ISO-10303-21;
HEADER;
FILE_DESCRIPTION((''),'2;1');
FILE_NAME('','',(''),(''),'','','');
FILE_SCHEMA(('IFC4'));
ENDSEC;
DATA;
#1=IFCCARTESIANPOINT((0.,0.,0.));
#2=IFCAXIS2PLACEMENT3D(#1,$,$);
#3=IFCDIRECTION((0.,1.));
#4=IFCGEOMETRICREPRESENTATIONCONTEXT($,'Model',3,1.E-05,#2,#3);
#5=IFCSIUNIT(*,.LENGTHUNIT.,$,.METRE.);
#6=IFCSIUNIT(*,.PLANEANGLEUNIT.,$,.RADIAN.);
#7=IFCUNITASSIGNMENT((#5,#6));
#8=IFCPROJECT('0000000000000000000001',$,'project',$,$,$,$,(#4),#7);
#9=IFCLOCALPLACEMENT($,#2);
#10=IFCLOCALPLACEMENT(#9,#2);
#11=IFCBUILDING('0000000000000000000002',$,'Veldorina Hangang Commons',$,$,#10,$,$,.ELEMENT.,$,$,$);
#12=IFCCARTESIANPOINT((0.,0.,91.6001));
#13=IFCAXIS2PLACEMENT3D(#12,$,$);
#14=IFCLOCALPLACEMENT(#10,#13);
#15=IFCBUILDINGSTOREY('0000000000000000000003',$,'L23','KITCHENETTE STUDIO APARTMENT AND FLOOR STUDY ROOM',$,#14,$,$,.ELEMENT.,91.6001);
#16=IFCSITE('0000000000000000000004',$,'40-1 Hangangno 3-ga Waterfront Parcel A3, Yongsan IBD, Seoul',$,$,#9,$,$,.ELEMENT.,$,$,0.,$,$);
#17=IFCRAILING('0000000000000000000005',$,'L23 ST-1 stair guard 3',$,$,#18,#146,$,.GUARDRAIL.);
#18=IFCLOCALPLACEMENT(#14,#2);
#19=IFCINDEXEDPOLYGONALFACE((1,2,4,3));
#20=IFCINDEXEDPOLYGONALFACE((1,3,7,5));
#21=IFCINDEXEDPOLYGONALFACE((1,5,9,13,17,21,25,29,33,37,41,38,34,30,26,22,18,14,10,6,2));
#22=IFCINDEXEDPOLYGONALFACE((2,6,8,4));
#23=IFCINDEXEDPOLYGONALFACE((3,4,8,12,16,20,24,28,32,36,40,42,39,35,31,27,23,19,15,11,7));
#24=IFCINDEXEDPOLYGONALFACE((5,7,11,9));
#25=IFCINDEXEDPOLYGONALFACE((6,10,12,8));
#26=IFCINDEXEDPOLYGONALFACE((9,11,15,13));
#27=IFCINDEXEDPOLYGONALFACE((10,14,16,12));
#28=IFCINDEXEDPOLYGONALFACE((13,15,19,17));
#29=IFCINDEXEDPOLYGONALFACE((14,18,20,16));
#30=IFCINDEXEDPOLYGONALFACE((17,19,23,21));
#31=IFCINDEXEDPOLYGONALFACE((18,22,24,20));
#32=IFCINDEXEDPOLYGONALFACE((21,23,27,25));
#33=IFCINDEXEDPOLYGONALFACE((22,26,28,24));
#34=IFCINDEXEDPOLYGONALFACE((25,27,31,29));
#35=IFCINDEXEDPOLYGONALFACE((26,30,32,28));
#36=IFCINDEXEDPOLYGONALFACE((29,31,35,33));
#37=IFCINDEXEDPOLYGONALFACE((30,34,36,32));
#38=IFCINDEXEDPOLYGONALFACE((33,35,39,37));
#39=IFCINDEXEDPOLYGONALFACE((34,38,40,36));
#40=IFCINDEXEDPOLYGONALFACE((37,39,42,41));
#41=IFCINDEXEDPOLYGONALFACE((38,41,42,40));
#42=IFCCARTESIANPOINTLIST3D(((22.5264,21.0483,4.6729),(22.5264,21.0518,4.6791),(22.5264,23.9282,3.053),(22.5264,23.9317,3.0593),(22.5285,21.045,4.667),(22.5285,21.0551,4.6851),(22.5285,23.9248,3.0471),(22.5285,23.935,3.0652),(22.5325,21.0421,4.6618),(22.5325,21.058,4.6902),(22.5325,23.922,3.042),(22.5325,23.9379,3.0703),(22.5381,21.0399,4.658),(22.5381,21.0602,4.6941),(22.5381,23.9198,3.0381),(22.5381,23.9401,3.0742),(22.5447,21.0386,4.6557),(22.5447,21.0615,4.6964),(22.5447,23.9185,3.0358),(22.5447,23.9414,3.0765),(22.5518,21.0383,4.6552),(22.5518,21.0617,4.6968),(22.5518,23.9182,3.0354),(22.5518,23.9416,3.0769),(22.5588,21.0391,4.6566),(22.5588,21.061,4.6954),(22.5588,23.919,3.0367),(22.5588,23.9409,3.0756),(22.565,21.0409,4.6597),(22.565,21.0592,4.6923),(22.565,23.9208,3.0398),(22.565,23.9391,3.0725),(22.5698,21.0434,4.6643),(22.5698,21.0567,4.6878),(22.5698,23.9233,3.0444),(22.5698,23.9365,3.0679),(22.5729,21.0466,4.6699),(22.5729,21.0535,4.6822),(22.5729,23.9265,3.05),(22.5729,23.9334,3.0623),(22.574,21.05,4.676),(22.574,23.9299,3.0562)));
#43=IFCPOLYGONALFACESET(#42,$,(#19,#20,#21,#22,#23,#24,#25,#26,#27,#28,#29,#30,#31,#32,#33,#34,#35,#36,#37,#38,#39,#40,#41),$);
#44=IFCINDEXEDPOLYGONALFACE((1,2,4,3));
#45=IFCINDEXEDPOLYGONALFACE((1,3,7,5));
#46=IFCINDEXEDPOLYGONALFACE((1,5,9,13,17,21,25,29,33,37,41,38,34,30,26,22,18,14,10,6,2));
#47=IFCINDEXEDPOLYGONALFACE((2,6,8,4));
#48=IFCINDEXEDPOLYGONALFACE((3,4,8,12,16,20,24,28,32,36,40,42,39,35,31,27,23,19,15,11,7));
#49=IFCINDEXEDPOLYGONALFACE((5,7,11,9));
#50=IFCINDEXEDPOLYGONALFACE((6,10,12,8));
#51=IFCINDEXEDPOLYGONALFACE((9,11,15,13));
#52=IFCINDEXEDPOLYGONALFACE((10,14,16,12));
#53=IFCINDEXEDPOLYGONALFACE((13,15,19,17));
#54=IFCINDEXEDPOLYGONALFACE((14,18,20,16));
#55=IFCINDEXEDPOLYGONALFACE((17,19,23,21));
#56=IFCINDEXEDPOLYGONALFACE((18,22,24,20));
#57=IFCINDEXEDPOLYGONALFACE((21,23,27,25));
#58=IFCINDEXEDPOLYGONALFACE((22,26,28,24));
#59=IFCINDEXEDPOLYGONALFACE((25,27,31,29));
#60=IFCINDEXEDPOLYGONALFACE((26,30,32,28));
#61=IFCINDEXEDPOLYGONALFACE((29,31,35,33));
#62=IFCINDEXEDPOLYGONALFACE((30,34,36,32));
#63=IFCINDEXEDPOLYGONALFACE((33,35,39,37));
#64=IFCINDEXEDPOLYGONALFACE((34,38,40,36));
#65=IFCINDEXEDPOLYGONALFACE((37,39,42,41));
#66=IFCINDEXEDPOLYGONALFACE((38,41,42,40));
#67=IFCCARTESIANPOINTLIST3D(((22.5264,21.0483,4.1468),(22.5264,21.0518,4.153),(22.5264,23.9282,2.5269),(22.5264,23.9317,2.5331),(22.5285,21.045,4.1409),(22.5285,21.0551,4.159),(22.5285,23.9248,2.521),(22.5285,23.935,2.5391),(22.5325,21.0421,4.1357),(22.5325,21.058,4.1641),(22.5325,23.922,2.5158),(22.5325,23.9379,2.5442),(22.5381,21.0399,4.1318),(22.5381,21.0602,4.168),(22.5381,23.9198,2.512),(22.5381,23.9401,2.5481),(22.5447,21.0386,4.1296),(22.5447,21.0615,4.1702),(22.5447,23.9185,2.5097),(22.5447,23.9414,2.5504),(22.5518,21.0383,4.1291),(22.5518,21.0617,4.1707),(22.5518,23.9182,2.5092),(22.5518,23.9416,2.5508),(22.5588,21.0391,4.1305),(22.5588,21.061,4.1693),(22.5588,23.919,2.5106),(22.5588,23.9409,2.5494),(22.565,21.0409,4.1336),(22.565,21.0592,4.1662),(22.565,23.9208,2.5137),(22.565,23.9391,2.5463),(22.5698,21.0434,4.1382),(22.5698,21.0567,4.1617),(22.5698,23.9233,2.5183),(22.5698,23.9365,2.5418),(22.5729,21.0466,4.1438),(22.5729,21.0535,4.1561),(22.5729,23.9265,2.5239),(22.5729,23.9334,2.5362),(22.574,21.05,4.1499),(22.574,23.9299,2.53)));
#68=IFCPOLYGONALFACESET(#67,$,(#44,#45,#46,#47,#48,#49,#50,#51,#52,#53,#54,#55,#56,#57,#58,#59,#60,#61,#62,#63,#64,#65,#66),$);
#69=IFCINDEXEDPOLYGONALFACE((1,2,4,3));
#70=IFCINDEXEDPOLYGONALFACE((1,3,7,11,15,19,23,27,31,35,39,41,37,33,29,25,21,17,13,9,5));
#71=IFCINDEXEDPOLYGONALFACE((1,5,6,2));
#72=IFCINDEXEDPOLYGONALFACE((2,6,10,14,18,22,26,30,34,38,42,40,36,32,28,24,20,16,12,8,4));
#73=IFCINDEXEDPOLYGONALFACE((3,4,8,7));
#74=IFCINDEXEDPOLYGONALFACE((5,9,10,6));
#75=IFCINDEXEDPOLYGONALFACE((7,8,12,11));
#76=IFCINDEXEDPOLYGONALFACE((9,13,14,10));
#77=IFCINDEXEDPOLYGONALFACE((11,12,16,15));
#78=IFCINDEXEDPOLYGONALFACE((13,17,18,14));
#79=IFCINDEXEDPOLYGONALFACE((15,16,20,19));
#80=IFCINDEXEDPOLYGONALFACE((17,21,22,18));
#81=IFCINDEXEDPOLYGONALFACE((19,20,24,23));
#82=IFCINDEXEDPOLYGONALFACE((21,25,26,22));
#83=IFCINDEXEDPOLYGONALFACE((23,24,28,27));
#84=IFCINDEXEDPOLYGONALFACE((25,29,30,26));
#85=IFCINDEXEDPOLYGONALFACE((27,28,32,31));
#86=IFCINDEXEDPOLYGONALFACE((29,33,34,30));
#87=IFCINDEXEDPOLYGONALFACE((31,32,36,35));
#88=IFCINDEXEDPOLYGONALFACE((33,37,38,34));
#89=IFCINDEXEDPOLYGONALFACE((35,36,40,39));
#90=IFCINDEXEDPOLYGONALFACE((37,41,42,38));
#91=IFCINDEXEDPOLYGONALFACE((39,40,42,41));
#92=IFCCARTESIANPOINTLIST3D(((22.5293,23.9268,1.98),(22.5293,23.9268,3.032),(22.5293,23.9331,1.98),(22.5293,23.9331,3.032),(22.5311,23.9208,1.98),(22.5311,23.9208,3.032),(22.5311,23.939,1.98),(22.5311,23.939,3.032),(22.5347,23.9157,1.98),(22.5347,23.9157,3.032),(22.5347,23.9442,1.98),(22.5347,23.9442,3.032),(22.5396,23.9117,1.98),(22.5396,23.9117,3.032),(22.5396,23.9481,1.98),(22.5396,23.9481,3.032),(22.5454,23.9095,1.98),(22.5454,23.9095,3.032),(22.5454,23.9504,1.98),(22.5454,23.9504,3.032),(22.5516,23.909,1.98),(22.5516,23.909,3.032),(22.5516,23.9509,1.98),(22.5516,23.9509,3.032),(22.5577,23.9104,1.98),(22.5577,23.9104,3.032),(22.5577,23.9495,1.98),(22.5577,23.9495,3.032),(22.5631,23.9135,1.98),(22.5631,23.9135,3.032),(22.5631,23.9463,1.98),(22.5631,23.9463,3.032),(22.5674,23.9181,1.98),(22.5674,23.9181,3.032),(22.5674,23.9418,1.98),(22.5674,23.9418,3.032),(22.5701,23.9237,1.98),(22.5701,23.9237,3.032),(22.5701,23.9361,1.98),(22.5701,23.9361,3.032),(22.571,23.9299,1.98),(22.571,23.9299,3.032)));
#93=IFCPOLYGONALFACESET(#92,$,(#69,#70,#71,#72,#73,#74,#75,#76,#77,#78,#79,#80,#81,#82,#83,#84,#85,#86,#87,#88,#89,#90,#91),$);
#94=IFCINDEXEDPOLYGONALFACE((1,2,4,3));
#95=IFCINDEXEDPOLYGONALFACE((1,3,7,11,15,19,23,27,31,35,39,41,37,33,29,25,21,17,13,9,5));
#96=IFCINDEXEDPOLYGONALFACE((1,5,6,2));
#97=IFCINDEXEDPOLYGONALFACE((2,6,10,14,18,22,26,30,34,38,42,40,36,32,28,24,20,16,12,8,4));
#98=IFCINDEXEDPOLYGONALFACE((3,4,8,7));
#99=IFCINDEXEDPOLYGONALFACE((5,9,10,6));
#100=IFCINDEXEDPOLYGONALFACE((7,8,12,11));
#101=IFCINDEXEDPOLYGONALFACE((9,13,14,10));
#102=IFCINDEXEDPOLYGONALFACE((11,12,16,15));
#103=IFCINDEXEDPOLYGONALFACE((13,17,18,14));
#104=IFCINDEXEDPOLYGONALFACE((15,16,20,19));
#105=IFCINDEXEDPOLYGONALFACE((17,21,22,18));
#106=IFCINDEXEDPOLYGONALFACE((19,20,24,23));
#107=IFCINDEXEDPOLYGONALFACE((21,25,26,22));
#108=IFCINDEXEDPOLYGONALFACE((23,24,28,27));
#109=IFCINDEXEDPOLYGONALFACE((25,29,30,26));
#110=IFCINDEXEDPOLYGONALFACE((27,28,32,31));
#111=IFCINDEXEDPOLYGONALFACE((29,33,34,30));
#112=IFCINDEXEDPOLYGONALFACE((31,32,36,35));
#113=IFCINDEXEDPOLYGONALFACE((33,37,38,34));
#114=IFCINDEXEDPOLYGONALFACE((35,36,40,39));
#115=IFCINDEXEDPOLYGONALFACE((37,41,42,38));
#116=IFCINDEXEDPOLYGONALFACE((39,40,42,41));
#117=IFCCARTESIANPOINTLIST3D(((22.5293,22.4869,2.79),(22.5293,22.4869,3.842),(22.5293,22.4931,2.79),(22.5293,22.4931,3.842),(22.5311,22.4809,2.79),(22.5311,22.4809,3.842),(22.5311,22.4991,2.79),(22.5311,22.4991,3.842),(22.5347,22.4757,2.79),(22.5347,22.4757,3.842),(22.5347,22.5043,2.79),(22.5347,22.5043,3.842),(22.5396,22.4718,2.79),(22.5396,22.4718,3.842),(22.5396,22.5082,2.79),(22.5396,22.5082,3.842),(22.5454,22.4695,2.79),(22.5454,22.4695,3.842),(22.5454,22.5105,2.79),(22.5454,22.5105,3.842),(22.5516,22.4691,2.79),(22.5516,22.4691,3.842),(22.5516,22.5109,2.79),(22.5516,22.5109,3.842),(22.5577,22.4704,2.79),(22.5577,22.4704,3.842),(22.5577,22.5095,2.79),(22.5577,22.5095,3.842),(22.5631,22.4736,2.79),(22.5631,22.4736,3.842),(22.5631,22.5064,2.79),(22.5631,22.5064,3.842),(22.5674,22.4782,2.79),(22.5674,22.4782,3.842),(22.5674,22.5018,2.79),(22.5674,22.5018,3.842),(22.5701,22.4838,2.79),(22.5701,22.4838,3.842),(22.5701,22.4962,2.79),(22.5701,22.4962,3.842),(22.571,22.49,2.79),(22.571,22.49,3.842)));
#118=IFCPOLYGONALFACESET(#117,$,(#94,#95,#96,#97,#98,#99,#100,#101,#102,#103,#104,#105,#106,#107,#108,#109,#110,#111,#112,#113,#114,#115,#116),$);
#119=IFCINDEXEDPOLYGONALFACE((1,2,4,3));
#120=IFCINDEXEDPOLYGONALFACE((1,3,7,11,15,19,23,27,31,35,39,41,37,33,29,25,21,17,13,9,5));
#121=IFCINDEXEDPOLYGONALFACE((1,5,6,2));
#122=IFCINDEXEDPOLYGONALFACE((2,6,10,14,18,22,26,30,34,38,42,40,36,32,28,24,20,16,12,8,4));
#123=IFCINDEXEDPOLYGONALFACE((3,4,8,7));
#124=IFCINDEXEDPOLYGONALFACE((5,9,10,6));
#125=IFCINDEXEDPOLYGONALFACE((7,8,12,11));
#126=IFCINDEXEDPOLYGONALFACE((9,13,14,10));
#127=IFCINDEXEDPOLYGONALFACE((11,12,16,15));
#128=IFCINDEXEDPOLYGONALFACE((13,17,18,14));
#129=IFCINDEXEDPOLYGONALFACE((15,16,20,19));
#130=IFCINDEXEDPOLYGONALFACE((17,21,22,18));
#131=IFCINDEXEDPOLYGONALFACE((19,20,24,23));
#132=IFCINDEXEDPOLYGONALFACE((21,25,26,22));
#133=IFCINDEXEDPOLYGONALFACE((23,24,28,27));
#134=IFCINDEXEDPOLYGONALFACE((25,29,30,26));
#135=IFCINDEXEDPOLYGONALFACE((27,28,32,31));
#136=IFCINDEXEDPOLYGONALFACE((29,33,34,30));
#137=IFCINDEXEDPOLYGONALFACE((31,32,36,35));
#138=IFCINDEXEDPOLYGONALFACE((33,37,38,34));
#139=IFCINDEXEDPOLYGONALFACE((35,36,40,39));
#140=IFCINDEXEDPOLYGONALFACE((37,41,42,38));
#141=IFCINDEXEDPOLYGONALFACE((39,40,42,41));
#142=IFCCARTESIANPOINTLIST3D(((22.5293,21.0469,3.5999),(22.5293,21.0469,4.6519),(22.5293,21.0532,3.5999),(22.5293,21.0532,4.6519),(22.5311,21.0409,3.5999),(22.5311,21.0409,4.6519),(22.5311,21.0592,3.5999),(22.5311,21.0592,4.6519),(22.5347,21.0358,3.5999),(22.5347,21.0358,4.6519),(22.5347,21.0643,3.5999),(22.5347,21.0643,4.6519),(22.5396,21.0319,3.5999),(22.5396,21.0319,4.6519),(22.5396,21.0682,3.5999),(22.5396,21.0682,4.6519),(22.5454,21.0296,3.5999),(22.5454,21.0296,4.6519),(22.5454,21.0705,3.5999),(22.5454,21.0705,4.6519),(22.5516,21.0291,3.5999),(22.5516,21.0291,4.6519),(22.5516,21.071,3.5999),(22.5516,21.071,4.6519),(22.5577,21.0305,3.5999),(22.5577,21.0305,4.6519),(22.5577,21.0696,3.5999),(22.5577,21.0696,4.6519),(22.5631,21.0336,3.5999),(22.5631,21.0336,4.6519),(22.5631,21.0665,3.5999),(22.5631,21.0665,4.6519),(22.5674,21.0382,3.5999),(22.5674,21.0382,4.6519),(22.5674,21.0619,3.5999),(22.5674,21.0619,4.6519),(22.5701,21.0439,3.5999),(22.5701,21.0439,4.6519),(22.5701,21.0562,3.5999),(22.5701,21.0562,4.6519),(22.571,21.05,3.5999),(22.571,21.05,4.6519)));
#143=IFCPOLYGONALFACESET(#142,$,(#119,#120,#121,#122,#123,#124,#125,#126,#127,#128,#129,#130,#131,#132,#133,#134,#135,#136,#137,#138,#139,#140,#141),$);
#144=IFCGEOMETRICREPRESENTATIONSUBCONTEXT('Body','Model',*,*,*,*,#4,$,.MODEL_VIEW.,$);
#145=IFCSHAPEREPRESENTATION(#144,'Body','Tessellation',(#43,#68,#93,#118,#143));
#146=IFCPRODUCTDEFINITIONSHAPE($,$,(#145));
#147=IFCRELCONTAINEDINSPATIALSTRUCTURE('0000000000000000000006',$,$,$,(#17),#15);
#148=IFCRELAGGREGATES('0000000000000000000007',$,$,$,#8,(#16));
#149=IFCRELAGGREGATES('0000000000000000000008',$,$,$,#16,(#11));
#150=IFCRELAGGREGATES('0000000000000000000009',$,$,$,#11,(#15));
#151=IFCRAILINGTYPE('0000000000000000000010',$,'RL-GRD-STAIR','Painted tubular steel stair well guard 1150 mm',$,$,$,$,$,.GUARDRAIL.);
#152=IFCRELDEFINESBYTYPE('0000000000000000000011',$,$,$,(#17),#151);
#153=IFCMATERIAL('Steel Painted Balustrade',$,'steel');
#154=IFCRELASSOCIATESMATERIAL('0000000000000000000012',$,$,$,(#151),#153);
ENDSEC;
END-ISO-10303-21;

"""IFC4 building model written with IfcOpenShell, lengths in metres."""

from ifc_helpers import new_model, si_unit, direction, frame, origin, origin_2d, place, context, subcontext, project, spatial, circle, extrude, material, type_object, element, save


model = new_model("IFC4")

# Units and contexts
model_context = context("Model", 3, precision=1e-05, world=origin(), true_north=direction((0.0, 1.0)))
body_context = subcontext(model_context, "Body", "Model", "MODEL_VIEW")
ifc_project = project(units=[si_unit("LENGTHUNIT", "METRE"), si_unit("PLANEANGLEUNIT", "RADIAN")], contexts=[model_context])

# Site, building, storey
site_placement = place(None, origin())
site = spatial("IfcSite", under=ifc_project, at=site_placement, Name="40-1 Hangangno 3-ga Waterfront Parcel A3, Yongsan IBD, Seoul", CompositionType="ELEMENT", RefElevation=0.0)
building_placement = place(site_placement, origin())
building = spatial("IfcBuilding", under=site, at=building_placement, Name="Veldorina Hangang Commons", CompositionType="ELEMENT")
storey_placement = place(building_placement, frame((0.0, 0.0, 91.6001)))
storey = spatial("IfcBuildingStorey", under=building, at=storey_placement, Name="L23", Description="KITCHENETTE STUDIO APARTMENT AND FLOOR STUDY ROOM", CompositionType="ELEMENT", Elevation=91.6001)

# Railing
ifc_material_1 = material(Name="Steel Painted Balustrade", Category="steel")
railing_type_1 = type_object("IfcRailingType", Name="RL-GRD-STAIR", Description="Painted tubular steel stair well guard 1150 mm", PredefinedType="GUARDRAIL", material=ifc_material_1)
railing_1_placement = place(storey_placement, frame((22.55, 23.9299, 1.98)))
element("IfcRailing", 1, at=railing_1_placement, inside=storey, type_object=railing_type_1, Name="L23 ST-1 stair guard 3", PredefinedType="GUARDRAIL", context=body_context, shape_type="SweptSolid", body=[
    extrude(circle(Radius=0.0239, at=origin_2d()), frame((0.0, 0.0, 1.0762), z_axis=(0.0, -0.871583, 0.490247), x_axis=(1.0, 0.0, 0.0)), (0.0, 0.0, 1.0), 3.3042),
    extrude(circle(Radius=0.0239, at=origin_2d()), frame((0.0, 0.0, 0.55), z_axis=(0.0, -0.871583, 0.490247), x_axis=(1.0, 0.0, 0.0)), (0.0, 0.0, 1.0), 3.3042),
    extrude(circle(Radius=0.021, at=origin_2d()), origin(), (0.0, 0.0, 1.0), 1.052),
    extrude(circle(Radius=0.021, at=origin_2d()), frame((0.0, -1.4399, 0.8101)), (0.0, 0.0, 1.0), 1.052),
    extrude(circle(Radius=0.021, at=origin_2d()), frame((0.0, -2.8799, 1.6199)), (0.0, 0.0, 1.0), 1.052),
])

save(model, "model.ifc")
